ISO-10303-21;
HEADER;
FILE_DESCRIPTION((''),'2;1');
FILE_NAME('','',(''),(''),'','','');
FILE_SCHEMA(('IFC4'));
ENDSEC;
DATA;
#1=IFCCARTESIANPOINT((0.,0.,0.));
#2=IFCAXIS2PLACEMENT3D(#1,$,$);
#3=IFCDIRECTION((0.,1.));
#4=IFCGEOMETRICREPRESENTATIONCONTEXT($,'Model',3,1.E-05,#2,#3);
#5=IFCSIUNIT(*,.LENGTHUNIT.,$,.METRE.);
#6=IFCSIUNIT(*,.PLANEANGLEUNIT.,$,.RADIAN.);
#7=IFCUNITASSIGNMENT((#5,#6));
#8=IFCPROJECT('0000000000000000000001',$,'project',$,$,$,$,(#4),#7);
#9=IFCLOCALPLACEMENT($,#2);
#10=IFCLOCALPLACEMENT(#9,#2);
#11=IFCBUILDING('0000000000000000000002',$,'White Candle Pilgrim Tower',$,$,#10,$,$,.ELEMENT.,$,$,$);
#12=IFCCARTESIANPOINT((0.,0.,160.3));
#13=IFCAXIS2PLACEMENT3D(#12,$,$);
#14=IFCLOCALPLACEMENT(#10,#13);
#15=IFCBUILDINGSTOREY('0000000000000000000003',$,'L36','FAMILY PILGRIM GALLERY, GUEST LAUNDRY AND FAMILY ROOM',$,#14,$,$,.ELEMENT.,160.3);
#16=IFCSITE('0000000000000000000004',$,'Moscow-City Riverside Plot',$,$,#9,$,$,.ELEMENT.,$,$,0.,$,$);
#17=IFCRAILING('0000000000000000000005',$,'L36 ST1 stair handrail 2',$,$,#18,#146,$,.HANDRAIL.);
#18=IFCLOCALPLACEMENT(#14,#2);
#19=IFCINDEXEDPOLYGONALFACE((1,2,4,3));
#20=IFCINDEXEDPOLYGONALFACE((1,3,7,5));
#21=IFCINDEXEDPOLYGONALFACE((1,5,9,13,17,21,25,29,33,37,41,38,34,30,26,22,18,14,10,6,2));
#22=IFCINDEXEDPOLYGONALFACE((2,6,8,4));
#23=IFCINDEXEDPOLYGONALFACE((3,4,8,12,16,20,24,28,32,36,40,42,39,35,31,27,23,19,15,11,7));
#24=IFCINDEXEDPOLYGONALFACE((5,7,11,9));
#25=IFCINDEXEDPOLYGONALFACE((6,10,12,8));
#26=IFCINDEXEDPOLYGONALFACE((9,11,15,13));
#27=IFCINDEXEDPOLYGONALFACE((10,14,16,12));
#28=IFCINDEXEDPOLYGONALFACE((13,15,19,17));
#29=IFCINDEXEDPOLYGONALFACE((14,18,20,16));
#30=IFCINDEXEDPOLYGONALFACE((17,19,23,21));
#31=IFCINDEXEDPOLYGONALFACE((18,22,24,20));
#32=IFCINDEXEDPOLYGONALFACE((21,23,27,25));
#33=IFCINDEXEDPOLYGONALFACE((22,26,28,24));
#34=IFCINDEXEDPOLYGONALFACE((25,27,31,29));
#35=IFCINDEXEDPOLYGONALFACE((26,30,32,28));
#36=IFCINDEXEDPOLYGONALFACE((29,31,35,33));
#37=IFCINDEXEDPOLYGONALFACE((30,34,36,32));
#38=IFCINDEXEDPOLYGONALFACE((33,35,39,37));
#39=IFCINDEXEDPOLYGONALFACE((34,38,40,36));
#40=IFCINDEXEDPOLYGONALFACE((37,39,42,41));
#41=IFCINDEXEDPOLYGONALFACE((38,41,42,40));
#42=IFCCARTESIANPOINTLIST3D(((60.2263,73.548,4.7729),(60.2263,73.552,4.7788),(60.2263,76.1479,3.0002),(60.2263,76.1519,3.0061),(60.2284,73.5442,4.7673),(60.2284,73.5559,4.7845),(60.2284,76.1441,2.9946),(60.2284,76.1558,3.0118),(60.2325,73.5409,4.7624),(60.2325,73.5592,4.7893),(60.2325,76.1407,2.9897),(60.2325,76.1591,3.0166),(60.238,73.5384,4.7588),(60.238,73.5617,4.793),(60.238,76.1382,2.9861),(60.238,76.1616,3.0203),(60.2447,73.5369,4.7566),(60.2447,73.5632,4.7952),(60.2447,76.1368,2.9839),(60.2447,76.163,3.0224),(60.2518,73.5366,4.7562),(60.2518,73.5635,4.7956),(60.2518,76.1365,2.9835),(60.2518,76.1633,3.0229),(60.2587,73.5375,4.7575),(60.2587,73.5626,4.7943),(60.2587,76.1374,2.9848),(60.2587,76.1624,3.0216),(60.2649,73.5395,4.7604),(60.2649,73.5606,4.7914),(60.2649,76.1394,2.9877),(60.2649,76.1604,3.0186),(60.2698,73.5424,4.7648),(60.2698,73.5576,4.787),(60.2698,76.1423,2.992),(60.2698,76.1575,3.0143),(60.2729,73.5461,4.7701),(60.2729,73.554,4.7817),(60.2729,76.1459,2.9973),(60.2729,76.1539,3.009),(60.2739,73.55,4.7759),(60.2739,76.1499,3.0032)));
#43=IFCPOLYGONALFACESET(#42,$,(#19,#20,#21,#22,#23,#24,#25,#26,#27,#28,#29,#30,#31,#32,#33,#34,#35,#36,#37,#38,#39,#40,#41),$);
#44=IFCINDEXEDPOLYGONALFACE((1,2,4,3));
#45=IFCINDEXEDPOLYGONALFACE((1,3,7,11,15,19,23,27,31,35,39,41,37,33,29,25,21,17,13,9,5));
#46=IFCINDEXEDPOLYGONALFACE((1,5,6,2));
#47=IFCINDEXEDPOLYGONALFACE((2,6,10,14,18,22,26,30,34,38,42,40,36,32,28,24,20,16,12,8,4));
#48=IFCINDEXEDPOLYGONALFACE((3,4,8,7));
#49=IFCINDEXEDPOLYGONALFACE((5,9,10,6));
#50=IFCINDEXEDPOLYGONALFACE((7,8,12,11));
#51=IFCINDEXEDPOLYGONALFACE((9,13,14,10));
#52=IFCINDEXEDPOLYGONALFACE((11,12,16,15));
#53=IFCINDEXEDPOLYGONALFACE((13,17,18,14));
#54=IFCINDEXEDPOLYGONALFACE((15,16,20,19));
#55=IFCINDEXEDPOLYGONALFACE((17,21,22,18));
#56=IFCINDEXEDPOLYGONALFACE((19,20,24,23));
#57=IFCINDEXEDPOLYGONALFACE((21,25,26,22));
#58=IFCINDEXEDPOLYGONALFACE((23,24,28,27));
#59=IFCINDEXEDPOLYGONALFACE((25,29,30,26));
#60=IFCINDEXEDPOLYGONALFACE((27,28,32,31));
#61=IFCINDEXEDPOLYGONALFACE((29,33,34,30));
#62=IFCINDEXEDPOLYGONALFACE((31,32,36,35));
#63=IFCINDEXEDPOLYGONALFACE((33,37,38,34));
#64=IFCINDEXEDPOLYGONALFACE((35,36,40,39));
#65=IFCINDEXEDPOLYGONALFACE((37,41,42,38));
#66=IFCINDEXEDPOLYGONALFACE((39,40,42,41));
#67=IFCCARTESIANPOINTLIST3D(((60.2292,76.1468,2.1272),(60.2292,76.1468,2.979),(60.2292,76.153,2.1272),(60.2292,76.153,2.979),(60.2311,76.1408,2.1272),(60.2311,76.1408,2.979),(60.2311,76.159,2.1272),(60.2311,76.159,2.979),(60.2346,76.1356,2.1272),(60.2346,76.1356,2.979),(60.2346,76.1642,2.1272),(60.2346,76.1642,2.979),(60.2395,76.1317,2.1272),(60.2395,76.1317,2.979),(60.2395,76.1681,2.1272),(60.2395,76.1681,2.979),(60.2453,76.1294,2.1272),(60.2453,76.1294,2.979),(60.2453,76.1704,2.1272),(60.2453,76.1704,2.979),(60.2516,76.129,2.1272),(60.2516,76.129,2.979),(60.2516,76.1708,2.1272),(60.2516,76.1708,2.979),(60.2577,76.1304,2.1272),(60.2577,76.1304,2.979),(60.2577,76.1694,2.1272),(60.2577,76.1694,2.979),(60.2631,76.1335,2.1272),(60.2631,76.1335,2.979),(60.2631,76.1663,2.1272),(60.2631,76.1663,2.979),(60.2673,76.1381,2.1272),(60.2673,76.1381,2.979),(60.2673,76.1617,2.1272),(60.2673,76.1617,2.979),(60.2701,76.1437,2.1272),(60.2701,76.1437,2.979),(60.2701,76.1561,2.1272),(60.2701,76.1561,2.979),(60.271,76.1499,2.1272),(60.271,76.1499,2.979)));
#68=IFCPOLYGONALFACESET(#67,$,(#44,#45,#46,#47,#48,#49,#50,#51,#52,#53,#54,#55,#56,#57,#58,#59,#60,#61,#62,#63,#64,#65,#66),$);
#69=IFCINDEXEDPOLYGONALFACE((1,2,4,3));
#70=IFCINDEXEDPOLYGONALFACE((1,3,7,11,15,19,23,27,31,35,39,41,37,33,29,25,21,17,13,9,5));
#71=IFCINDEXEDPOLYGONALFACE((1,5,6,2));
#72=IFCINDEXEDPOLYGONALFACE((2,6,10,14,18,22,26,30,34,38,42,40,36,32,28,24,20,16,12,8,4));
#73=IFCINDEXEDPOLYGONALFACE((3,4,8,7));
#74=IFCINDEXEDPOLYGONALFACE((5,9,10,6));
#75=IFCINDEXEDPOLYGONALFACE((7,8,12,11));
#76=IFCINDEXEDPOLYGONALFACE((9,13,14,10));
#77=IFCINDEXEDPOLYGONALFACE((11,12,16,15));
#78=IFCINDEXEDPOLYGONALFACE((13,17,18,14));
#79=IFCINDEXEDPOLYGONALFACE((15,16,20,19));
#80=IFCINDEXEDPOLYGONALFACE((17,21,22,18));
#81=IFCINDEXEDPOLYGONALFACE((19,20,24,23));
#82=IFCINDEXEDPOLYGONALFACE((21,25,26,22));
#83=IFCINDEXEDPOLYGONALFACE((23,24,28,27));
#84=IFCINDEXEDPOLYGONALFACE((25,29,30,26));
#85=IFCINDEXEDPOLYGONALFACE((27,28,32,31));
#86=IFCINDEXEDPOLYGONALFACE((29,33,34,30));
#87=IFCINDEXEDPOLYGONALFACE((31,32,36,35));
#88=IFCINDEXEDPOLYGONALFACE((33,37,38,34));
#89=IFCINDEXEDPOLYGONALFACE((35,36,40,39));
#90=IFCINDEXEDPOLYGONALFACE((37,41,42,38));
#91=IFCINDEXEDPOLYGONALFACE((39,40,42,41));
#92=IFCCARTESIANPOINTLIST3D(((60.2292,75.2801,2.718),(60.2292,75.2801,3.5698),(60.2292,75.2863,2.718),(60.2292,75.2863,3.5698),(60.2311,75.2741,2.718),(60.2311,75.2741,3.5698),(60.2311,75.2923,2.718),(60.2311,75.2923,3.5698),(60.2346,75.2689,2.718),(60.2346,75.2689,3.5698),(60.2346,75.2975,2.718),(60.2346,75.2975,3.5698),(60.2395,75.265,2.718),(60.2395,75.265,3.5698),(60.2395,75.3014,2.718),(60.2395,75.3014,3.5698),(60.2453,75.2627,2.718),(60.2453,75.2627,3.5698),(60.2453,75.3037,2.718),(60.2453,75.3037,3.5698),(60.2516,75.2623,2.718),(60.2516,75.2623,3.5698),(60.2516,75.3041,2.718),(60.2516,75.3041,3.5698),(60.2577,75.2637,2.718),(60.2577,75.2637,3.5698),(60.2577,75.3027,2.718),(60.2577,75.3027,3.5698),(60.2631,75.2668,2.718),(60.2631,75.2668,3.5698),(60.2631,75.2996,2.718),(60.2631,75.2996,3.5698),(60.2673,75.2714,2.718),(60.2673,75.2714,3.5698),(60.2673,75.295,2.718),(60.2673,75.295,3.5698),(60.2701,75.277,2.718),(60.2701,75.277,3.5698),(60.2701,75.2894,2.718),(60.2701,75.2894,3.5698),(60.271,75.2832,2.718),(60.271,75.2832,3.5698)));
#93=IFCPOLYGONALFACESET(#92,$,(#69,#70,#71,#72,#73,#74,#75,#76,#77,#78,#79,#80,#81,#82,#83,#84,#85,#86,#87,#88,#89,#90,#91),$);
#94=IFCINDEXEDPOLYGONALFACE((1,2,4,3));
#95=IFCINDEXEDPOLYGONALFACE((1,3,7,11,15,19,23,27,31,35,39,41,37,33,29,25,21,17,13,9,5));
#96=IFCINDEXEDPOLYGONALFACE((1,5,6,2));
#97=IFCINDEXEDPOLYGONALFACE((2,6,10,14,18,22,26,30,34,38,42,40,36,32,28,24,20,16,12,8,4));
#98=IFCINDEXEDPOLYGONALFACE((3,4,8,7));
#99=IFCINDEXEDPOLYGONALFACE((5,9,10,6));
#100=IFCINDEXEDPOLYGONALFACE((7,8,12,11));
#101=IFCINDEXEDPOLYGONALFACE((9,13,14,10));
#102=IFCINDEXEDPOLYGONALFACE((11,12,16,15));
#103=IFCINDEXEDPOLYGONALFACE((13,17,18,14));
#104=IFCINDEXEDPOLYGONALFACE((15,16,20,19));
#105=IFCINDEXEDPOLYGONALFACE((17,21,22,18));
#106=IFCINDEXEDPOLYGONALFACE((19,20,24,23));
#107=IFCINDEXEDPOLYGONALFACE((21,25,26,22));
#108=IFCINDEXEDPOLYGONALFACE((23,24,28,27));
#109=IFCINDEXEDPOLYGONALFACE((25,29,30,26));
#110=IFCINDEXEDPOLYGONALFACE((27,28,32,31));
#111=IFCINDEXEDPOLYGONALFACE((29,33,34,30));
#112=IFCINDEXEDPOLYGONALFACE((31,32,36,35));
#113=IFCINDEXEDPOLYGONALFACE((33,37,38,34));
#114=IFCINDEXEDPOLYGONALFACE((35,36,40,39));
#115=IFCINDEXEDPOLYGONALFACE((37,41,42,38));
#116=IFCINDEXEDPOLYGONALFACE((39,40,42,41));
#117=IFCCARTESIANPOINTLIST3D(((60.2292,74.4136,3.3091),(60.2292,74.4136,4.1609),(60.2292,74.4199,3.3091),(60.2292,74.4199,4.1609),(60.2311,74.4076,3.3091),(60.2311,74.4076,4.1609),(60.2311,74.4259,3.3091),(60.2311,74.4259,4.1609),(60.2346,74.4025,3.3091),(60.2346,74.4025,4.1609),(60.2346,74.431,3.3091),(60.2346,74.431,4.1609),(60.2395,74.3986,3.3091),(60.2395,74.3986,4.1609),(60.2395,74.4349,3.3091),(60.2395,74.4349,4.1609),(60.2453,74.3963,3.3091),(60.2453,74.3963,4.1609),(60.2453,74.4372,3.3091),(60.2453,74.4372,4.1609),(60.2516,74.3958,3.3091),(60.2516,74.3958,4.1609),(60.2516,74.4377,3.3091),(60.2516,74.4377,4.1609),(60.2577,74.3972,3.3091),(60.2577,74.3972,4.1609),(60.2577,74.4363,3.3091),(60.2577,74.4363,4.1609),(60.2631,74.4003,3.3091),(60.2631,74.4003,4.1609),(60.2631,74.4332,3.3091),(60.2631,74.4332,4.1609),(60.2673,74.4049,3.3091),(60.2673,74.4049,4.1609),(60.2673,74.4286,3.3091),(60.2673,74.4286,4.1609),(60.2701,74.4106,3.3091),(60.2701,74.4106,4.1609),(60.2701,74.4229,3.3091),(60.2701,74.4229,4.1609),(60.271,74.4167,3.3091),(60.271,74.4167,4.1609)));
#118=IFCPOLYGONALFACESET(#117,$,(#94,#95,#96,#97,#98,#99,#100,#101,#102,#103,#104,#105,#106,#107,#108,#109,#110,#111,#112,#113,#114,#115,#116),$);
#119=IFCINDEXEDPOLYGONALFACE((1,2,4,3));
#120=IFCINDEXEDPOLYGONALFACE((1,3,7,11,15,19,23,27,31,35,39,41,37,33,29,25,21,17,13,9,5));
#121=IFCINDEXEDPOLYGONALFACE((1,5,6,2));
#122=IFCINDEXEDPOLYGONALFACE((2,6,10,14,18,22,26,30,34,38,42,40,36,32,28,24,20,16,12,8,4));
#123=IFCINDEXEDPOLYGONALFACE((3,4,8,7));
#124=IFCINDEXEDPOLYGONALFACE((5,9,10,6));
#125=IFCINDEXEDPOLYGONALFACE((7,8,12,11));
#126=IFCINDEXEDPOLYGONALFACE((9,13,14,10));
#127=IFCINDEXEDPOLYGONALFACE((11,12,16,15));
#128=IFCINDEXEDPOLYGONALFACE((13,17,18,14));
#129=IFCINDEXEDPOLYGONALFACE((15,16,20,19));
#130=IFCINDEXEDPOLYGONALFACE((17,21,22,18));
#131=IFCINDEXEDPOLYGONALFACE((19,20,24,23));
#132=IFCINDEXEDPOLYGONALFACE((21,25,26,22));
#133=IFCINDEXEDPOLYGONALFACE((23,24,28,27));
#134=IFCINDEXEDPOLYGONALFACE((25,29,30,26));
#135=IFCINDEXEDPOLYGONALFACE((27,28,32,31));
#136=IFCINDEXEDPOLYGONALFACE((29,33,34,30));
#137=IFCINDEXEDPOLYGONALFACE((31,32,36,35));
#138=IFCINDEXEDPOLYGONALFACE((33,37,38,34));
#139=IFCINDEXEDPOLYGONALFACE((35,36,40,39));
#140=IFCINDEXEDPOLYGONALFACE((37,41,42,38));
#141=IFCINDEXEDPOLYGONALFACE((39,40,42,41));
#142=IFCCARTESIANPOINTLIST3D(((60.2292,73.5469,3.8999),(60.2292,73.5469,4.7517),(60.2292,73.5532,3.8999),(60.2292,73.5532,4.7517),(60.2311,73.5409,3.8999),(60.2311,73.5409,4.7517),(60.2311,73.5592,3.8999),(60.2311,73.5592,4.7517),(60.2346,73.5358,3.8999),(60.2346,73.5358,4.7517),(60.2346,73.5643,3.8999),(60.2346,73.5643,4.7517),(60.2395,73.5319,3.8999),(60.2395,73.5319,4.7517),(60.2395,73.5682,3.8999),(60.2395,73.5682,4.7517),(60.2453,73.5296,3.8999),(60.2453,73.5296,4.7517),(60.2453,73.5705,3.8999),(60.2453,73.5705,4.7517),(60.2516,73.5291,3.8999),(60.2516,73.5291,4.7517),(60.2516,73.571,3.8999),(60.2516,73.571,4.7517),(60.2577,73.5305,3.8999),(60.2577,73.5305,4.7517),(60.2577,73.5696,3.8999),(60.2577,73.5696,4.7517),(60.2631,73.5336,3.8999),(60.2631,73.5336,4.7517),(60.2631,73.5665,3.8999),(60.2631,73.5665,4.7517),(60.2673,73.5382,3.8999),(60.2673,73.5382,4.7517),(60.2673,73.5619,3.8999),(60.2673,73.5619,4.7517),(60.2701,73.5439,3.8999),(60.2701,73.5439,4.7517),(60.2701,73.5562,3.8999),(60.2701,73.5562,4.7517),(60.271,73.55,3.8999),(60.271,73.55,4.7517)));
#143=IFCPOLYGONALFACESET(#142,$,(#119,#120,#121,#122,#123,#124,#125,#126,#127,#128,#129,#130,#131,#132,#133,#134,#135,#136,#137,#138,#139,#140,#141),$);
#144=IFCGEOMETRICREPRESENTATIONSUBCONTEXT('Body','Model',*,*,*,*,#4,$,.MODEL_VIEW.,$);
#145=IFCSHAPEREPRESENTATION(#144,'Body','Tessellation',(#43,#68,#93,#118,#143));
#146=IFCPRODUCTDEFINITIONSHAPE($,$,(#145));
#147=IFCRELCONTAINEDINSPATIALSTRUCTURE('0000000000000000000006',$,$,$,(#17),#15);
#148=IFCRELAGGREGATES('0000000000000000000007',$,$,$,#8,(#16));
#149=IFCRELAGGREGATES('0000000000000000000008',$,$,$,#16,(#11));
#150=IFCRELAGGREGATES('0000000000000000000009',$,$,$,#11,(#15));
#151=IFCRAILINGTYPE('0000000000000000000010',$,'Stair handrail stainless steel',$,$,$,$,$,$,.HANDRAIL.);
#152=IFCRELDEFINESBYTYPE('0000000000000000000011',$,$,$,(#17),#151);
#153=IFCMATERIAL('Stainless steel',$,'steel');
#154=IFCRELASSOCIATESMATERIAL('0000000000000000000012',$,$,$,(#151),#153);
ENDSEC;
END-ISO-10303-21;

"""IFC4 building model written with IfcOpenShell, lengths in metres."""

from ifc_helpers import new_model, si_unit, direction, frame, origin, origin_2d, place, context, subcontext, project, spatial, circle, extrude, material, type_object, element, save


model = new_model("IFC4")

# Units and contexts
model_context = context("Model", 3, precision=1e-05, world=origin(), true_north=direction((0.0, 1.0)))
body_context = subcontext(model_context, "Body", "Model", "MODEL_VIEW")
ifc_project = project(units=[si_unit("LENGTHUNIT", "METRE"), si_unit("PLANEANGLEUNIT", "RADIAN")], contexts=[model_context])

# Site, building, storey
site_placement = place(None, origin())
site = spatial("IfcSite", under=ifc_project, at=site_placement, Name="Moscow-City Riverside Plot", CompositionType="ELEMENT", RefElevation=0.0)
building_placement = place(site_placement, origin())
building = spatial("IfcBuilding", under=site, at=building_placement, Name="White Candle Pilgrim Tower", CompositionType="ELEMENT")
storey_placement = place(building_placement, frame((0.0, 0.0, 160.3)))
storey = spatial("IfcBuildingStorey", under=building, at=storey_placement, Name="L36", Description="FAMILY PILGRIM GALLERY, GUEST LAUNDRY AND FAMILY ROOM", CompositionType="ELEMENT", Elevation=160.3)

# Shared definitions
ifc_material_1 = material(Name="Stainless steel", Category="steel")

# Railing
railing_type_1 = type_object("IfcRailingType", Name="Stair handrail stainless steel", PredefinedType="HANDRAIL", material=ifc_material_1)
railing_1_placement = place(storey_placement, frame((60.25, 76.1499, 2.1272)))
element("IfcRailing", 1, at=railing_1_placement, inside=storey, type_object=railing_type_1, Name="L36 ST1 stair handrail 2", PredefinedType="HANDRAIL", context=body_context, shape_type="SweptSolid", body=[
    extrude(circle(Radius=0.0239, at=origin_2d()), frame((0.0, 0.0, 0.876), z_axis=(0.0, -0.826216, 0.563354), x_axis=(1.0, 0.0, 0.0)), (0.0, 0.0, 1.0), 3.1467),
    extrude(circle(Radius=0.021, at=origin_2d()), origin(), (0.0, 0.0, 1.0), 0.8518),
    extrude(circle(Radius=0.021, at=origin_2d()), frame((0.0, -0.8667, 0.5908)), (0.0, 0.0, 1.0), 0.8518),
    extrude(circle(Radius=0.021, at=origin_2d()), frame((0.0, -1.7332, 1.1819)), (0.0, 0.0, 1.0), 0.8518),
    extrude(circle(Radius=0.021, at=origin_2d()), frame((0.0, -2.5999, 1.7727)), (0.0, 0.0, 1.0), 0.8518),
])

save(model, "model.ifc")
